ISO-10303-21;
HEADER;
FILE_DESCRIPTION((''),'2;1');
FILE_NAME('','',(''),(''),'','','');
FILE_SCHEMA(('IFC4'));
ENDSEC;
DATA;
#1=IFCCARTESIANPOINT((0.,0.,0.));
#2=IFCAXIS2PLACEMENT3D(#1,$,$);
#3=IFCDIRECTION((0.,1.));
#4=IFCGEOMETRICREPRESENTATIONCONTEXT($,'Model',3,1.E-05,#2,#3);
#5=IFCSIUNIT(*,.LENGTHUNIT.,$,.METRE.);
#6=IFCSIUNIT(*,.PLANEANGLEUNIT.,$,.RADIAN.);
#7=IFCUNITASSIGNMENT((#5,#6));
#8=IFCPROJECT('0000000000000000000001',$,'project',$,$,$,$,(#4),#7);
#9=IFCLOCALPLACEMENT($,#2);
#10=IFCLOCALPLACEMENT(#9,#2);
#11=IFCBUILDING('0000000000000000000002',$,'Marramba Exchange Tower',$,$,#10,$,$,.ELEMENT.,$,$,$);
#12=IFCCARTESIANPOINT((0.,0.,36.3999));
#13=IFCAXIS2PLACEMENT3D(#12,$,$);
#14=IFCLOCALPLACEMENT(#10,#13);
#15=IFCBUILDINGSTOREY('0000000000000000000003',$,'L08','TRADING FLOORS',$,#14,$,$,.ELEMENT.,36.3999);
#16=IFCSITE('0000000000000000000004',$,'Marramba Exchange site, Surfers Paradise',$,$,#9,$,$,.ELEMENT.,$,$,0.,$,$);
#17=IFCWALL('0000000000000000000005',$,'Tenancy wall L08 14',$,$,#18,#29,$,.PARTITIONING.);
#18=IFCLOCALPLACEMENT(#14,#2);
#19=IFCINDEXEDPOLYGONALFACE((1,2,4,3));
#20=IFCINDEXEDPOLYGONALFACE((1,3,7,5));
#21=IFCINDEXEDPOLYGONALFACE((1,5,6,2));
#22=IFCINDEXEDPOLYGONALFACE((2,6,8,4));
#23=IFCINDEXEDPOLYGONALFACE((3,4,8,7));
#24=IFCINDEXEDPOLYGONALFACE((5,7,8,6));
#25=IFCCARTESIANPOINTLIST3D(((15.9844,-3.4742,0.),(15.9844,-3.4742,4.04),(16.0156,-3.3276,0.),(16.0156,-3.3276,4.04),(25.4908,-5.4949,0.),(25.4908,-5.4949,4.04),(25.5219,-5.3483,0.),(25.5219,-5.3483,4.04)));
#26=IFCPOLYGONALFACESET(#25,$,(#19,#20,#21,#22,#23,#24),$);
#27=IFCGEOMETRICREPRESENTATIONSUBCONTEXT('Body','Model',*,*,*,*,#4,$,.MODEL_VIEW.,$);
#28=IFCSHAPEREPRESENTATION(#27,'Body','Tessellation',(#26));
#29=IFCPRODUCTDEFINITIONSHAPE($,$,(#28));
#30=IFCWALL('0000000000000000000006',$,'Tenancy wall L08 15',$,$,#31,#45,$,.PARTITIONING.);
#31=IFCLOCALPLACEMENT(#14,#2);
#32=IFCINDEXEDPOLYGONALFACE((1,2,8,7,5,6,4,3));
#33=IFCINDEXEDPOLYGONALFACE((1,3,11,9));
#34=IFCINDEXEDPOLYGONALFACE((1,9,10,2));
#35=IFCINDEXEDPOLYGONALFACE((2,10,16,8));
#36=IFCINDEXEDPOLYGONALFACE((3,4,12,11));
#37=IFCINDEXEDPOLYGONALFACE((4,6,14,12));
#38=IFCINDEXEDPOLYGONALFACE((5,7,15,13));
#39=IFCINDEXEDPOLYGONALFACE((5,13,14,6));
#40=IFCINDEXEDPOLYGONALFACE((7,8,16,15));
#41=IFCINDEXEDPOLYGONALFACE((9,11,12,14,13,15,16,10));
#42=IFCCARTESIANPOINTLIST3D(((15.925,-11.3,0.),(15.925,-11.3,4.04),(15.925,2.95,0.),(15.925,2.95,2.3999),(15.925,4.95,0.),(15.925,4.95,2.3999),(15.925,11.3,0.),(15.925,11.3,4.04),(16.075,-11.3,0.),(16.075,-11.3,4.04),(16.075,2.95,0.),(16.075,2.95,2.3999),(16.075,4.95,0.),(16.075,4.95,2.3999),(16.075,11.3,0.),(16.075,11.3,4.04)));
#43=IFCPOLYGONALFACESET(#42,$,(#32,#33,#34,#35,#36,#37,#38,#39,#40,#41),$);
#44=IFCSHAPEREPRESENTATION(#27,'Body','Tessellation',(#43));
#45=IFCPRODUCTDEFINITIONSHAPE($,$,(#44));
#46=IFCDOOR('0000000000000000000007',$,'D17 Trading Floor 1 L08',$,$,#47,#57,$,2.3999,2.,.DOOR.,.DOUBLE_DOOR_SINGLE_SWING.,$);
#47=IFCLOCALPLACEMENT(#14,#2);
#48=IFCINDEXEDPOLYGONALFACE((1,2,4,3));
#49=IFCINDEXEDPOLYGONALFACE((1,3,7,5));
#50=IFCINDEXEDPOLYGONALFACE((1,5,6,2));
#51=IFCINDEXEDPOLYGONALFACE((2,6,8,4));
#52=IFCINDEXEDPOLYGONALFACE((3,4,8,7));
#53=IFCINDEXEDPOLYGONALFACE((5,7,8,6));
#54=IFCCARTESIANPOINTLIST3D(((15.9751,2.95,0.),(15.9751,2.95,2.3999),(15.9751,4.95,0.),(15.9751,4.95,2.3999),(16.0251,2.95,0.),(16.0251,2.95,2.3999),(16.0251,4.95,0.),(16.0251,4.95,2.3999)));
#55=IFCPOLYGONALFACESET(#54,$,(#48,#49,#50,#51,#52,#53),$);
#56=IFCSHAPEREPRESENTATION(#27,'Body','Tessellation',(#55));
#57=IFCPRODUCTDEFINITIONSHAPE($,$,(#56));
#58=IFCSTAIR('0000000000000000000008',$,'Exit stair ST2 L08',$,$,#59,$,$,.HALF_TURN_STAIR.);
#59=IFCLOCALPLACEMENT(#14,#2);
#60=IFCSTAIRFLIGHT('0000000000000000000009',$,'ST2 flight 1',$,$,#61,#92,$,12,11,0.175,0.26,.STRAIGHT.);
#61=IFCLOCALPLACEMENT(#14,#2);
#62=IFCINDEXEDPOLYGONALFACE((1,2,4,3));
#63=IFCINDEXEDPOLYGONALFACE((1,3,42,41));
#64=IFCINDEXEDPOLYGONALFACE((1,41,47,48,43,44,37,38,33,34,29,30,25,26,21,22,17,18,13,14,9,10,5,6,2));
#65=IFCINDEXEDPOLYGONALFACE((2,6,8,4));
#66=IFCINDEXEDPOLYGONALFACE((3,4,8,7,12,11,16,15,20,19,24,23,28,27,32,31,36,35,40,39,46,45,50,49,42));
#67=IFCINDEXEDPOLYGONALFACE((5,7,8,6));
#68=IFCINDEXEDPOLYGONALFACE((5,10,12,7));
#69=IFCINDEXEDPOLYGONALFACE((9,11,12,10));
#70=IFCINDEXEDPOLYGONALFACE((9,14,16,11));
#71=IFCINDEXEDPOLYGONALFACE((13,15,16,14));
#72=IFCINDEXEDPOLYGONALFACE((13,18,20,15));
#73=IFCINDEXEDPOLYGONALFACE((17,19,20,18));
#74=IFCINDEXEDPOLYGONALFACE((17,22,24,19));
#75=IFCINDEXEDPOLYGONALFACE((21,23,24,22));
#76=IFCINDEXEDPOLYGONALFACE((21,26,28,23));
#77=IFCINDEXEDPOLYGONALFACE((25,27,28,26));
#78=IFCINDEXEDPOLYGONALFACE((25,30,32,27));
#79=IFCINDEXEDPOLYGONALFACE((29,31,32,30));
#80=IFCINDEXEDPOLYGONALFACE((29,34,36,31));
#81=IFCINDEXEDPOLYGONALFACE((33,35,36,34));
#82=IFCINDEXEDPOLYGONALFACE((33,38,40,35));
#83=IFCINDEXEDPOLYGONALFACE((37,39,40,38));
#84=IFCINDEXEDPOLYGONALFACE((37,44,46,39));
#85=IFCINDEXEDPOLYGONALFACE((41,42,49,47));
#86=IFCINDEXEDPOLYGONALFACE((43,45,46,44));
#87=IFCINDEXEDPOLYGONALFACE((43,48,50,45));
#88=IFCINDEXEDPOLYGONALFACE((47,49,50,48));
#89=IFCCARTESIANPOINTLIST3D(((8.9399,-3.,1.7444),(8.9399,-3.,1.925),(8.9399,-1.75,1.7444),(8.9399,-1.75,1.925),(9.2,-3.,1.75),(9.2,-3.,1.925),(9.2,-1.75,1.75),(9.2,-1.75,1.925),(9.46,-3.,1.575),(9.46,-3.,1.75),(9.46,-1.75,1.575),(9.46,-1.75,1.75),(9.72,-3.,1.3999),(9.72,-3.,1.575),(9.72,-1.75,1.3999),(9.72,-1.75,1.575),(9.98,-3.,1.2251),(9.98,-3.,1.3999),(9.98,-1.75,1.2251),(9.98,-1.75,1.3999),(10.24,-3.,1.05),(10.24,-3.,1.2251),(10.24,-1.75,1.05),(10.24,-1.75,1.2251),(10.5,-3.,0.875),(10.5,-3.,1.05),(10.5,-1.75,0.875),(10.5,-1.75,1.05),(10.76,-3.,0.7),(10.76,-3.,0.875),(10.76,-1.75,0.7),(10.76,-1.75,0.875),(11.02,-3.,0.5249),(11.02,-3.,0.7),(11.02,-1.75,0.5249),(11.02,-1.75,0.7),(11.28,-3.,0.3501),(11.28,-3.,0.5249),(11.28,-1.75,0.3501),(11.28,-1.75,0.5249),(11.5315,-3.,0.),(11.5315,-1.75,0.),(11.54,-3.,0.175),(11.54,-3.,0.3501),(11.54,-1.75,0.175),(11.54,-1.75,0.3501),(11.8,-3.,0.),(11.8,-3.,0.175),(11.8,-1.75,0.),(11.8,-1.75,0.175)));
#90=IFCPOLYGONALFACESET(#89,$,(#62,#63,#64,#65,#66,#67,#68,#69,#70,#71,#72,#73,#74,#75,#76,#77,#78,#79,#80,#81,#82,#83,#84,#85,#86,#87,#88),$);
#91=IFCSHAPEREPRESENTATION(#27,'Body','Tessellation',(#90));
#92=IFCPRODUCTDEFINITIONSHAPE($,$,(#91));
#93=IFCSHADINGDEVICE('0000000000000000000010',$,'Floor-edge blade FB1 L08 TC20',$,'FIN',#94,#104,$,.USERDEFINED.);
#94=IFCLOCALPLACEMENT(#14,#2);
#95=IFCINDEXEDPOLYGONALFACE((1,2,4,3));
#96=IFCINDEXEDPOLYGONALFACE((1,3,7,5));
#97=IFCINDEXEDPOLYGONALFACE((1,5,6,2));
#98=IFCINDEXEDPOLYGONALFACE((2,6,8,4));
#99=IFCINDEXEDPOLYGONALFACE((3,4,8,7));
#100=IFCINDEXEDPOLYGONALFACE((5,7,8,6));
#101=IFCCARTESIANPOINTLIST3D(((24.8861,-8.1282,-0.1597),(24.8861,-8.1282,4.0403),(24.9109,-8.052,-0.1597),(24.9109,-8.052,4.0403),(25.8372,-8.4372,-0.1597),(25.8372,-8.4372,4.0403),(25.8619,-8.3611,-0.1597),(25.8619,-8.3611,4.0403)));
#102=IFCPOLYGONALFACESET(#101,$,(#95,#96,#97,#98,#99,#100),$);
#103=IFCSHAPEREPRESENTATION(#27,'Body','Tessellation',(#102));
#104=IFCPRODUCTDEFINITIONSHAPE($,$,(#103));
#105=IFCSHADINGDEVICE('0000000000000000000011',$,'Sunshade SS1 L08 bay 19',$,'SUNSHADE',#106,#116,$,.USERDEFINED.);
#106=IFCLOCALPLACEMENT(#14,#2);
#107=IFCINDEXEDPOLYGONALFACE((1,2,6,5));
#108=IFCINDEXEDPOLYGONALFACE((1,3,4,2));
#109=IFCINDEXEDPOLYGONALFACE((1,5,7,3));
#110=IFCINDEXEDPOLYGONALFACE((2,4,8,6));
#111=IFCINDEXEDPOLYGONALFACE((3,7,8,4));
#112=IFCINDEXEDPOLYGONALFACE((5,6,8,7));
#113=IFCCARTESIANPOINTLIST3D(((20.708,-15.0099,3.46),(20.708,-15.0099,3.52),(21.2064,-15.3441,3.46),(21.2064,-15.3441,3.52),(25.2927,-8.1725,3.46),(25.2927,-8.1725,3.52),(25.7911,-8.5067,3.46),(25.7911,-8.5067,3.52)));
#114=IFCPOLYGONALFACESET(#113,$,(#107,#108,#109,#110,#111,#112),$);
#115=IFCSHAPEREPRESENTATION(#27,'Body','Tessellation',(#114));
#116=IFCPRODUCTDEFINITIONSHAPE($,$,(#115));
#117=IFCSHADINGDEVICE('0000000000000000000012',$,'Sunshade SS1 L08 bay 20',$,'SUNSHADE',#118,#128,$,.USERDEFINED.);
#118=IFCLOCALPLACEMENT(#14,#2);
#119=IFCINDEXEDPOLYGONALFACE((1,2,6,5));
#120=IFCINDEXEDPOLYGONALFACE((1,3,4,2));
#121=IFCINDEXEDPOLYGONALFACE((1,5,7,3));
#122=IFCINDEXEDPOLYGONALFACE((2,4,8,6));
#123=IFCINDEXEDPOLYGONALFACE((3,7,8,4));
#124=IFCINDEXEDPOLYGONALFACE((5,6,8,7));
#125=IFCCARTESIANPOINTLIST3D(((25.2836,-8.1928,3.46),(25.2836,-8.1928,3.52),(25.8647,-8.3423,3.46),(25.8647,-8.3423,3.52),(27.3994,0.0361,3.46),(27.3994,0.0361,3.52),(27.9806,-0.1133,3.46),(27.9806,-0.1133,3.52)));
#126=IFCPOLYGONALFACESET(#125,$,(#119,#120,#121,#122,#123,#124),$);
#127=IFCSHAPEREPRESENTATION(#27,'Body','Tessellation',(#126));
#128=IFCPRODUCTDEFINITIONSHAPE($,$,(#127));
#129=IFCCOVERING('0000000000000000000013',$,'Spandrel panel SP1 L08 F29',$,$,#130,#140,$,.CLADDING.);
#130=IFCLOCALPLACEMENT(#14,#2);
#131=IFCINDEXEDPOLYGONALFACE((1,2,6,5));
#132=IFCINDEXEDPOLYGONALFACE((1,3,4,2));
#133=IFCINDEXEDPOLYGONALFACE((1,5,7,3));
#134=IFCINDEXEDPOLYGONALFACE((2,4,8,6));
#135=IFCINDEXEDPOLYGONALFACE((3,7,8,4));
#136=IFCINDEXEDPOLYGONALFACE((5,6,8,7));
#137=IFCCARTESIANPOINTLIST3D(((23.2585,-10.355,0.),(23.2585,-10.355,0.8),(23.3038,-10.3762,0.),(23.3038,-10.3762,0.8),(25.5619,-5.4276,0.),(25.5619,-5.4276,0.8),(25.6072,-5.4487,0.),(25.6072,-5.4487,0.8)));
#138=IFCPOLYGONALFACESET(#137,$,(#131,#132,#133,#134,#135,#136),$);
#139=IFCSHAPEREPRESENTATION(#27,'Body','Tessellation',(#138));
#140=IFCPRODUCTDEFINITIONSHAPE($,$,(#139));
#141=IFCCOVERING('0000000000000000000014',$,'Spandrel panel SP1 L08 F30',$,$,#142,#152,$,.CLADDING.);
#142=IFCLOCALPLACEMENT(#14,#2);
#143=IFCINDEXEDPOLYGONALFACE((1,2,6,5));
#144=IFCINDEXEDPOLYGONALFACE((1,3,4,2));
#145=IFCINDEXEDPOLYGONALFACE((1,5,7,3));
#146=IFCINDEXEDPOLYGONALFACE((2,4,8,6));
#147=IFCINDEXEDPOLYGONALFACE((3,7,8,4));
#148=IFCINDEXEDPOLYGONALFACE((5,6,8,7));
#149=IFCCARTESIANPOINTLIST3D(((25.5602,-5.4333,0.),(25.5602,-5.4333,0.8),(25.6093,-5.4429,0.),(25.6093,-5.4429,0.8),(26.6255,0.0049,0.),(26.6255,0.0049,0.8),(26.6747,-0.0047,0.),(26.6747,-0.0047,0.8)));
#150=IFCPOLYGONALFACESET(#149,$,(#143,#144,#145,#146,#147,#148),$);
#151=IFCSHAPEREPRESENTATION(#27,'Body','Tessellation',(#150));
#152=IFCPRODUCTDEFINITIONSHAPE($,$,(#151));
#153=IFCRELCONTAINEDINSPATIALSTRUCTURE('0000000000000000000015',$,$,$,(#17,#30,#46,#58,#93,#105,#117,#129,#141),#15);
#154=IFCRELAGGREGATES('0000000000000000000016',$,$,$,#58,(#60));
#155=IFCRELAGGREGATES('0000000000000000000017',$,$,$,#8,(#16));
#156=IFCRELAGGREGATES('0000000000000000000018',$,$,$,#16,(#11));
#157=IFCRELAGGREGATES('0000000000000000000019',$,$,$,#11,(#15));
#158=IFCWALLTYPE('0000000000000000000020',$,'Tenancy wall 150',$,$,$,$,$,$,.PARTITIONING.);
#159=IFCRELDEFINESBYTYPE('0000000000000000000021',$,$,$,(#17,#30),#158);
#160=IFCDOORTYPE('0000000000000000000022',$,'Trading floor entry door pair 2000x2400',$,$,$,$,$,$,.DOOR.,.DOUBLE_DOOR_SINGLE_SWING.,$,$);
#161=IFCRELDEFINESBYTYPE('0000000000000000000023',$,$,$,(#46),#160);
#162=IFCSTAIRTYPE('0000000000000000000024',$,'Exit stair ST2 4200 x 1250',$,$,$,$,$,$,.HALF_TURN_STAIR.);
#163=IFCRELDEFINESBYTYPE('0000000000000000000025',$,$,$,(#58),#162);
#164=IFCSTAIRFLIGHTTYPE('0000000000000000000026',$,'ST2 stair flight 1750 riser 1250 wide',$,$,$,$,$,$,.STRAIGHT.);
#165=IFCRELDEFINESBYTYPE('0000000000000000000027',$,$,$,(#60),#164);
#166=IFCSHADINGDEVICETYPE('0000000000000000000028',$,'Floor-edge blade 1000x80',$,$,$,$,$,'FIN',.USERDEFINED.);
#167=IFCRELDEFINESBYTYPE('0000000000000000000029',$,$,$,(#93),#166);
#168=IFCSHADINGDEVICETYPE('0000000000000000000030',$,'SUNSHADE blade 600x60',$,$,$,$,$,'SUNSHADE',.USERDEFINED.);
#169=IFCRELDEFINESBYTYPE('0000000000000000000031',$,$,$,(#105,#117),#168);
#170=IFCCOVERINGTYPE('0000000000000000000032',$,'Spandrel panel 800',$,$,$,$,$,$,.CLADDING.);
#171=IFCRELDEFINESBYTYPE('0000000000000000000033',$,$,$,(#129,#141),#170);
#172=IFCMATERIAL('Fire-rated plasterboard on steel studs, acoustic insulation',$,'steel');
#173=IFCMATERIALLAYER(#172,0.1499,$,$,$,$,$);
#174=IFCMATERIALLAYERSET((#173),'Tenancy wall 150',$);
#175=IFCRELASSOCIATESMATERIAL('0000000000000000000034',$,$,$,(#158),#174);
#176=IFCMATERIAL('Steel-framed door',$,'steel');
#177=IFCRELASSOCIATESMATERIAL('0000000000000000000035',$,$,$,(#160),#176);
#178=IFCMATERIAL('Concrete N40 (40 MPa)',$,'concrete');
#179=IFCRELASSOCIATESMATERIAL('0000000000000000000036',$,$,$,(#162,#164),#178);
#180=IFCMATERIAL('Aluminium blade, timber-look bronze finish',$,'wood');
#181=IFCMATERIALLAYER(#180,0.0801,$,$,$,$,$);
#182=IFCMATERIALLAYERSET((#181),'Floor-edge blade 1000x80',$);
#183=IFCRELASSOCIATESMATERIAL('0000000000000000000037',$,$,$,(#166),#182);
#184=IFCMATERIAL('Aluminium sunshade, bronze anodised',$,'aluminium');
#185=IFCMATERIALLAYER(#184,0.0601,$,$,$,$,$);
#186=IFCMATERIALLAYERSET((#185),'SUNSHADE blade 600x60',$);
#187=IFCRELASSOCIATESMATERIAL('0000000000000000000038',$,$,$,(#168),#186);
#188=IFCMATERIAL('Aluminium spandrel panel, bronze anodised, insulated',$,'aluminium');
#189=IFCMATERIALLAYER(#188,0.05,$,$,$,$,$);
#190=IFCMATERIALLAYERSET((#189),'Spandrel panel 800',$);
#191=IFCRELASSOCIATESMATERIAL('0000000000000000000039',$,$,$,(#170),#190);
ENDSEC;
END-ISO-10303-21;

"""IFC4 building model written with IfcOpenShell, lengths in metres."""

from ifc_helpers import new_model, si_unit, direction, frame, frame_2d, origin, origin_2d, place, context, subcontext, project, spatial, polyline, rectangle, outline, extrude, material, layer, layer_set, type_object, element, fill, aggregate, save


model = new_model("IFC4")

# Units and contexts
model_context = context("Model", 3, precision=1e-05, world=origin(), true_north=direction((0.0, 1.0)))
body_context = subcontext(model_context, "Body", "Model", "MODEL_VIEW")
ifc_project = project(units=[si_unit("LENGTHUNIT", "METRE"), si_unit("PLANEANGLEUNIT", "RADIAN")], contexts=[model_context])

# Site, building, storey
site_placement = place(None, origin())
site = spatial("IfcSite", under=ifc_project, at=site_placement, Name="Marramba Exchange site, Surfers Paradise", CompositionType="ELEMENT", RefElevation=0.0)
building_placement = place(site_placement, origin())
building = spatial("IfcBuilding", under=site, at=building_placement, Name="Marramba Exchange Tower", CompositionType="ELEMENT")
storey_placement = place(building_placement, frame((0.0, 0.0, 36.3999)))
storey = spatial("IfcBuildingStorey", under=building, at=storey_placement, Name="L08", Description="TRADING FLOORS", CompositionType="ELEMENT", Elevation=36.3999)

# Shared definitions
ifc_material_1 = material(Name="Steel-framed door", Category="steel")

# Wall
ifc_material_2 = material(Name="Fire-rated plasterboard on steel studs, acoustic insulation", Category="steel")
ifc_layer_1 = layer(ifc_material_2, 0.1499)
ifc_layer_set_1 = layer_set([ifc_layer_1], Name="Tenancy wall 150")
wall_type_1 = type_object("IfcWallType", Name="Tenancy wall 150", PredefinedType="PARTITIONING", material=ifc_layer_set_1)
wall_1_placement = place(storey_placement, frame((25.5063, -5.4216, 0.0), z_axis=(0.0, 0.0, 1.0), x_axis=(-0.978145, 0.207923, 0.0)))
element("IfcWall", 1, at=wall_1_placement, inside=storey, type_object=wall_type_1, Name="Tenancy wall L08 14", PredefinedType="PARTITIONING", context=body_context, shape_type="SweptSolid", body=[
    extrude(rectangle(XDim=9.7188, YDim=0.1499, at=frame_2d((4.8594, 0.0))), origin(), (0.0, 0.0, 1.0), 4.04),
])

# Wall, opening, door
wall_2_placement = place(storey_placement, frame((16.0, -11.3, 0.0), z_axis=(0.0, 0.0, 1.0), x_axis=(0.0, 1.0, 0.0)))
wall_2 = element("IfcWall", 2, at=wall_2_placement, inside=storey, type_object=wall_type_1, Name="Tenancy wall L08 15", PredefinedType="PARTITIONING", context=body_context, shape_type="SweptSolid", body=[
    extrude(rectangle(XDim=22.6001, YDim=0.1499, at=frame_2d((11.3, 0.0))), origin(), (0.0, 0.0, 1.0), 4.04),
])
opening_1_placement = place(wall_2_placement, frame((14.25, 0.0, 0.0)))
opening_1 = element("IfcOpeningElement", 3, at=opening_1_placement, cuts=wall_2, PredefinedType="OPENING", context=body_context, shape_type="SweptSolid", body=[
    extrude(rectangle(XDim=2.0, YDim=2.3999, at=frame_2d((1.0, 1.2))), frame((0.0, 0.085, 0.0), z_axis=(0.0, -1.0, 0.0), x_axis=(1.0, 0.0, 0.0)), (0.0, 0.0, 1.0), 0.1699),
])
door_type_1 = type_object("IfcDoorType", Name="Trading floor entry door pair 2000x2400", OperationType="DOUBLE_DOOR_SINGLE_SWING", PredefinedType="DOOR", material=ifc_material_1)
door_1_placement = place(opening_1_placement, origin())
door_1 = element("IfcDoor", 4, at=door_1_placement, inside=storey, type_object=door_type_1, Name="D17 Trading Floor 1 L08", OperationType="DOUBLE_DOOR_SINGLE_SWING", OverallHeight=2.3999, OverallWidth=2.0, PredefinedType="DOOR", context=body_context, shape_type="SweptSolid", body=[
    extrude(rectangle(XDim=2.0, YDim=2.3999, at=frame_2d((1.0, 1.2))), frame((0.0, 0.0249, 0.0), z_axis=(0.0, -1.0, 0.0), x_axis=(1.0, 0.0, 0.0)), (0.0, 0.0, 1.0), 0.05),
])
fill(opening_1, door_1)

# Stair, stair flight
ifc_material_3 = material(Name="Concrete N40 (40 MPa)", Category="concrete")
stair_type = type_object("IfcStairType", Name="Exit stair ST2 4200 x 1250", PredefinedType="HALF_TURN_STAIR", material=ifc_material_3)
stair_placement = place(storey_placement, origin())
stair = element("IfcStair", 5, at=stair_placement, inside=storey, type_object=stair_type, Name="Exit stair ST2 L08", PredefinedType="HALF_TURN_STAIR")
stair_flight_type = type_object("IfcStairFlightType", Name="ST2 stair flight 1750 riser 1250 wide", PredefinedType="STRAIGHT", material=ifc_material_3)
stair_flight_placement = place(storey_placement, frame((11.8, -2.375, 0.0), z_axis=(0.0, 0.0, 1.0), x_axis=(-1.0, 0.0, 0.0)))
stair_flight = element("IfcStairFlight", 6, at=stair_flight_placement, type_object=stair_flight_type, Name="ST2 flight 1", NumberOfRisers=12, NumberOfTreads=11, PredefinedType="STRAIGHT", RiserHeight=0.175, TreadLength=0.26, context=body_context, shape_type="SweptSolid", body=[
    extrude(outline(polyline([(0.0, 0.0), (0.0, 0.175), (0.26, 0.175), (0.26, 0.3501), (0.52, 0.3501), (0.52, 0.5249), (0.78, 0.5249), (0.78, 0.7), (1.04, 0.7), (1.04, 0.875), (1.3, 0.875), (1.3, 1.05), (1.5601, 1.05), (1.5601, 1.2251), (1.8201, 1.2251), (1.8201, 1.3999), (2.0801, 1.3999), (2.0801, 1.575), (2.3401, 1.575), (2.3401, 1.75), (2.6001, 1.75), (2.6001, 1.925), (2.8601, 1.925), (2.8601, 2.1001), (2.8601, 1.7444), (0.2686, 0.0), (0.0, 0.0)])), frame((0.0, 0.625, 0.0), z_axis=(0.0, -1.0, 0.0), x_axis=(1.0, 0.0, 0.0)), (0.0, 0.0, 1.0), 1.25),
])
aggregate(stair, [stair_flight])

# Shading devices
ifc_material_4 = material(Name="Aluminium blade, timber-look bronze finish", Category="wood")
ifc_layer_2 = layer(ifc_material_4, 0.0801)
ifc_layer_set_2 = layer_set([ifc_layer_2], Name="Floor-edge blade 1000x80")
shading_device_type_1 = type_object("IfcShadingDeviceType", Name="Floor-edge blade 1000x80", ElementType="FIN", PredefinedType="USERDEFINED", material=ifc_layer_set_2)
shading_device_1_placement = place(storey_placement, frame((25.374, -8.2446, -0.1597), z_axis=(0.0, 0.0, 1.0), x_axis=(0.951057, -0.309017, 0.0)))
element("IfcShadingDevice", 7, at=shading_device_1_placement, inside=storey, type_object=shading_device_type_1, Name="Floor-edge blade FB1 L08 TC20", ObjectType="FIN", PredefinedType="USERDEFINED", context=body_context, shape_type="SweptSolid", body=[
    extrude(rectangle(XDim=1.0, YDim=0.0801, at=origin_2d()), origin(), (0.0, 0.0, 1.0), 4.2),
])
ifc_material_5 = material(Name="Aluminium sunshade, bronze anodised", Category="aluminium")
ifc_layer_3 = layer(ifc_material_5, 0.0601)
ifc_layer_set_3 = layer_set([ifc_layer_3], Name="SUNSHADE blade 600x60")
shading_device_type_2 = type_object("IfcShadingDeviceType", Name="SUNSHADE blade 600x60", ElementType="SUNSHADE", PredefinedType="USERDEFINED", material=ifc_layer_set_3)
shading_device_2_placement = place(storey_placement, frame((23.2495, -11.7583, 3.46), z_axis=(0.0, 0.0, 1.0), x_axis=(0.556924, 0.830563, 0.0)))
element("IfcShadingDevice", 8, at=shading_device_2_placement, inside=storey, type_object=shading_device_type_2, Name="Sunshade SS1 L08 bay 19", ObjectType="SUNSHADE", PredefinedType="USERDEFINED", context=body_context, shape_type="SweptSolid", body=[
    extrude(rectangle(XDim=8.2322, YDim=0.6001, at=origin_2d()), origin(), (0.0, 0.0, 1.0), 0.0601),
])
shading_device_3_placement = place(storey_placement, frame((26.6321, -4.1531, 3.46), z_axis=(0.0, 0.0, 1.0), x_axis=(0.249025, 0.968497, 0.0)))
element("IfcShadingDevice", 9, at=shading_device_3_placement, inside=storey, type_object=shading_device_type_2, Name="Sunshade SS1 L08 bay 20", ObjectType="SUNSHADE", PredefinedType="USERDEFINED", context=body_context, shape_type="SweptSolid", body=[
    extrude(rectangle(XDim=8.4966, YDim=0.6001, at=origin_2d()), origin(), (0.0, 0.0, 1.0), 0.0601),
])

# Coverings
ifc_material_6 = material(Name="Aluminium spandrel panel, bronze anodised, insulated", Category="aluminium")
ifc_layer_4 = layer(ifc_material_6, 0.05)
ifc_layer_set_4 = layer_set([ifc_layer_4], Name="Spandrel panel 800")
covering_type = type_object("IfcCoveringType", Name="Spandrel panel 800", PredefinedType="CLADDING", material=ifc_layer_set_4)
covering_1_placement = place(storey_placement, frame((24.4329, -7.9019, 0.0), z_axis=(0.0, 0.0, 1.0), x_axis=(0.423477, 0.905907, 0.0)))
element("IfcCovering", 10, at=covering_1_placement, inside=storey, type_object=covering_type, Name="Spandrel panel SP1 L08 F29", PredefinedType="CLADDING", context=body_context, shape_type="SweptSolid", body=[
    extrude(rectangle(XDim=5.4392, YDim=0.05, at=origin_2d()), origin(), (0.0, 0.0, 1.0), 0.8),
])
covering_2_placement = place(storey_placement, frame((26.1174, -2.719, 0.0), z_axis=(0.0, 0.0, 1.0), x_axis=(0.192249, 0.981346, 0.0)))
element("IfcCovering", 11, at=covering_2_placement, inside=storey, type_object=covering_type, Name="Spandrel panel SP1 L08 F30", PredefinedType="CLADDING", context=body_context, shape_type="SweptSolid", body=[
    extrude(rectangle(XDim=5.5415, YDim=0.05, at=origin_2d()), origin(), (0.0, 0.0, 1.0), 0.8),
])

save(model, "model.ifc")
